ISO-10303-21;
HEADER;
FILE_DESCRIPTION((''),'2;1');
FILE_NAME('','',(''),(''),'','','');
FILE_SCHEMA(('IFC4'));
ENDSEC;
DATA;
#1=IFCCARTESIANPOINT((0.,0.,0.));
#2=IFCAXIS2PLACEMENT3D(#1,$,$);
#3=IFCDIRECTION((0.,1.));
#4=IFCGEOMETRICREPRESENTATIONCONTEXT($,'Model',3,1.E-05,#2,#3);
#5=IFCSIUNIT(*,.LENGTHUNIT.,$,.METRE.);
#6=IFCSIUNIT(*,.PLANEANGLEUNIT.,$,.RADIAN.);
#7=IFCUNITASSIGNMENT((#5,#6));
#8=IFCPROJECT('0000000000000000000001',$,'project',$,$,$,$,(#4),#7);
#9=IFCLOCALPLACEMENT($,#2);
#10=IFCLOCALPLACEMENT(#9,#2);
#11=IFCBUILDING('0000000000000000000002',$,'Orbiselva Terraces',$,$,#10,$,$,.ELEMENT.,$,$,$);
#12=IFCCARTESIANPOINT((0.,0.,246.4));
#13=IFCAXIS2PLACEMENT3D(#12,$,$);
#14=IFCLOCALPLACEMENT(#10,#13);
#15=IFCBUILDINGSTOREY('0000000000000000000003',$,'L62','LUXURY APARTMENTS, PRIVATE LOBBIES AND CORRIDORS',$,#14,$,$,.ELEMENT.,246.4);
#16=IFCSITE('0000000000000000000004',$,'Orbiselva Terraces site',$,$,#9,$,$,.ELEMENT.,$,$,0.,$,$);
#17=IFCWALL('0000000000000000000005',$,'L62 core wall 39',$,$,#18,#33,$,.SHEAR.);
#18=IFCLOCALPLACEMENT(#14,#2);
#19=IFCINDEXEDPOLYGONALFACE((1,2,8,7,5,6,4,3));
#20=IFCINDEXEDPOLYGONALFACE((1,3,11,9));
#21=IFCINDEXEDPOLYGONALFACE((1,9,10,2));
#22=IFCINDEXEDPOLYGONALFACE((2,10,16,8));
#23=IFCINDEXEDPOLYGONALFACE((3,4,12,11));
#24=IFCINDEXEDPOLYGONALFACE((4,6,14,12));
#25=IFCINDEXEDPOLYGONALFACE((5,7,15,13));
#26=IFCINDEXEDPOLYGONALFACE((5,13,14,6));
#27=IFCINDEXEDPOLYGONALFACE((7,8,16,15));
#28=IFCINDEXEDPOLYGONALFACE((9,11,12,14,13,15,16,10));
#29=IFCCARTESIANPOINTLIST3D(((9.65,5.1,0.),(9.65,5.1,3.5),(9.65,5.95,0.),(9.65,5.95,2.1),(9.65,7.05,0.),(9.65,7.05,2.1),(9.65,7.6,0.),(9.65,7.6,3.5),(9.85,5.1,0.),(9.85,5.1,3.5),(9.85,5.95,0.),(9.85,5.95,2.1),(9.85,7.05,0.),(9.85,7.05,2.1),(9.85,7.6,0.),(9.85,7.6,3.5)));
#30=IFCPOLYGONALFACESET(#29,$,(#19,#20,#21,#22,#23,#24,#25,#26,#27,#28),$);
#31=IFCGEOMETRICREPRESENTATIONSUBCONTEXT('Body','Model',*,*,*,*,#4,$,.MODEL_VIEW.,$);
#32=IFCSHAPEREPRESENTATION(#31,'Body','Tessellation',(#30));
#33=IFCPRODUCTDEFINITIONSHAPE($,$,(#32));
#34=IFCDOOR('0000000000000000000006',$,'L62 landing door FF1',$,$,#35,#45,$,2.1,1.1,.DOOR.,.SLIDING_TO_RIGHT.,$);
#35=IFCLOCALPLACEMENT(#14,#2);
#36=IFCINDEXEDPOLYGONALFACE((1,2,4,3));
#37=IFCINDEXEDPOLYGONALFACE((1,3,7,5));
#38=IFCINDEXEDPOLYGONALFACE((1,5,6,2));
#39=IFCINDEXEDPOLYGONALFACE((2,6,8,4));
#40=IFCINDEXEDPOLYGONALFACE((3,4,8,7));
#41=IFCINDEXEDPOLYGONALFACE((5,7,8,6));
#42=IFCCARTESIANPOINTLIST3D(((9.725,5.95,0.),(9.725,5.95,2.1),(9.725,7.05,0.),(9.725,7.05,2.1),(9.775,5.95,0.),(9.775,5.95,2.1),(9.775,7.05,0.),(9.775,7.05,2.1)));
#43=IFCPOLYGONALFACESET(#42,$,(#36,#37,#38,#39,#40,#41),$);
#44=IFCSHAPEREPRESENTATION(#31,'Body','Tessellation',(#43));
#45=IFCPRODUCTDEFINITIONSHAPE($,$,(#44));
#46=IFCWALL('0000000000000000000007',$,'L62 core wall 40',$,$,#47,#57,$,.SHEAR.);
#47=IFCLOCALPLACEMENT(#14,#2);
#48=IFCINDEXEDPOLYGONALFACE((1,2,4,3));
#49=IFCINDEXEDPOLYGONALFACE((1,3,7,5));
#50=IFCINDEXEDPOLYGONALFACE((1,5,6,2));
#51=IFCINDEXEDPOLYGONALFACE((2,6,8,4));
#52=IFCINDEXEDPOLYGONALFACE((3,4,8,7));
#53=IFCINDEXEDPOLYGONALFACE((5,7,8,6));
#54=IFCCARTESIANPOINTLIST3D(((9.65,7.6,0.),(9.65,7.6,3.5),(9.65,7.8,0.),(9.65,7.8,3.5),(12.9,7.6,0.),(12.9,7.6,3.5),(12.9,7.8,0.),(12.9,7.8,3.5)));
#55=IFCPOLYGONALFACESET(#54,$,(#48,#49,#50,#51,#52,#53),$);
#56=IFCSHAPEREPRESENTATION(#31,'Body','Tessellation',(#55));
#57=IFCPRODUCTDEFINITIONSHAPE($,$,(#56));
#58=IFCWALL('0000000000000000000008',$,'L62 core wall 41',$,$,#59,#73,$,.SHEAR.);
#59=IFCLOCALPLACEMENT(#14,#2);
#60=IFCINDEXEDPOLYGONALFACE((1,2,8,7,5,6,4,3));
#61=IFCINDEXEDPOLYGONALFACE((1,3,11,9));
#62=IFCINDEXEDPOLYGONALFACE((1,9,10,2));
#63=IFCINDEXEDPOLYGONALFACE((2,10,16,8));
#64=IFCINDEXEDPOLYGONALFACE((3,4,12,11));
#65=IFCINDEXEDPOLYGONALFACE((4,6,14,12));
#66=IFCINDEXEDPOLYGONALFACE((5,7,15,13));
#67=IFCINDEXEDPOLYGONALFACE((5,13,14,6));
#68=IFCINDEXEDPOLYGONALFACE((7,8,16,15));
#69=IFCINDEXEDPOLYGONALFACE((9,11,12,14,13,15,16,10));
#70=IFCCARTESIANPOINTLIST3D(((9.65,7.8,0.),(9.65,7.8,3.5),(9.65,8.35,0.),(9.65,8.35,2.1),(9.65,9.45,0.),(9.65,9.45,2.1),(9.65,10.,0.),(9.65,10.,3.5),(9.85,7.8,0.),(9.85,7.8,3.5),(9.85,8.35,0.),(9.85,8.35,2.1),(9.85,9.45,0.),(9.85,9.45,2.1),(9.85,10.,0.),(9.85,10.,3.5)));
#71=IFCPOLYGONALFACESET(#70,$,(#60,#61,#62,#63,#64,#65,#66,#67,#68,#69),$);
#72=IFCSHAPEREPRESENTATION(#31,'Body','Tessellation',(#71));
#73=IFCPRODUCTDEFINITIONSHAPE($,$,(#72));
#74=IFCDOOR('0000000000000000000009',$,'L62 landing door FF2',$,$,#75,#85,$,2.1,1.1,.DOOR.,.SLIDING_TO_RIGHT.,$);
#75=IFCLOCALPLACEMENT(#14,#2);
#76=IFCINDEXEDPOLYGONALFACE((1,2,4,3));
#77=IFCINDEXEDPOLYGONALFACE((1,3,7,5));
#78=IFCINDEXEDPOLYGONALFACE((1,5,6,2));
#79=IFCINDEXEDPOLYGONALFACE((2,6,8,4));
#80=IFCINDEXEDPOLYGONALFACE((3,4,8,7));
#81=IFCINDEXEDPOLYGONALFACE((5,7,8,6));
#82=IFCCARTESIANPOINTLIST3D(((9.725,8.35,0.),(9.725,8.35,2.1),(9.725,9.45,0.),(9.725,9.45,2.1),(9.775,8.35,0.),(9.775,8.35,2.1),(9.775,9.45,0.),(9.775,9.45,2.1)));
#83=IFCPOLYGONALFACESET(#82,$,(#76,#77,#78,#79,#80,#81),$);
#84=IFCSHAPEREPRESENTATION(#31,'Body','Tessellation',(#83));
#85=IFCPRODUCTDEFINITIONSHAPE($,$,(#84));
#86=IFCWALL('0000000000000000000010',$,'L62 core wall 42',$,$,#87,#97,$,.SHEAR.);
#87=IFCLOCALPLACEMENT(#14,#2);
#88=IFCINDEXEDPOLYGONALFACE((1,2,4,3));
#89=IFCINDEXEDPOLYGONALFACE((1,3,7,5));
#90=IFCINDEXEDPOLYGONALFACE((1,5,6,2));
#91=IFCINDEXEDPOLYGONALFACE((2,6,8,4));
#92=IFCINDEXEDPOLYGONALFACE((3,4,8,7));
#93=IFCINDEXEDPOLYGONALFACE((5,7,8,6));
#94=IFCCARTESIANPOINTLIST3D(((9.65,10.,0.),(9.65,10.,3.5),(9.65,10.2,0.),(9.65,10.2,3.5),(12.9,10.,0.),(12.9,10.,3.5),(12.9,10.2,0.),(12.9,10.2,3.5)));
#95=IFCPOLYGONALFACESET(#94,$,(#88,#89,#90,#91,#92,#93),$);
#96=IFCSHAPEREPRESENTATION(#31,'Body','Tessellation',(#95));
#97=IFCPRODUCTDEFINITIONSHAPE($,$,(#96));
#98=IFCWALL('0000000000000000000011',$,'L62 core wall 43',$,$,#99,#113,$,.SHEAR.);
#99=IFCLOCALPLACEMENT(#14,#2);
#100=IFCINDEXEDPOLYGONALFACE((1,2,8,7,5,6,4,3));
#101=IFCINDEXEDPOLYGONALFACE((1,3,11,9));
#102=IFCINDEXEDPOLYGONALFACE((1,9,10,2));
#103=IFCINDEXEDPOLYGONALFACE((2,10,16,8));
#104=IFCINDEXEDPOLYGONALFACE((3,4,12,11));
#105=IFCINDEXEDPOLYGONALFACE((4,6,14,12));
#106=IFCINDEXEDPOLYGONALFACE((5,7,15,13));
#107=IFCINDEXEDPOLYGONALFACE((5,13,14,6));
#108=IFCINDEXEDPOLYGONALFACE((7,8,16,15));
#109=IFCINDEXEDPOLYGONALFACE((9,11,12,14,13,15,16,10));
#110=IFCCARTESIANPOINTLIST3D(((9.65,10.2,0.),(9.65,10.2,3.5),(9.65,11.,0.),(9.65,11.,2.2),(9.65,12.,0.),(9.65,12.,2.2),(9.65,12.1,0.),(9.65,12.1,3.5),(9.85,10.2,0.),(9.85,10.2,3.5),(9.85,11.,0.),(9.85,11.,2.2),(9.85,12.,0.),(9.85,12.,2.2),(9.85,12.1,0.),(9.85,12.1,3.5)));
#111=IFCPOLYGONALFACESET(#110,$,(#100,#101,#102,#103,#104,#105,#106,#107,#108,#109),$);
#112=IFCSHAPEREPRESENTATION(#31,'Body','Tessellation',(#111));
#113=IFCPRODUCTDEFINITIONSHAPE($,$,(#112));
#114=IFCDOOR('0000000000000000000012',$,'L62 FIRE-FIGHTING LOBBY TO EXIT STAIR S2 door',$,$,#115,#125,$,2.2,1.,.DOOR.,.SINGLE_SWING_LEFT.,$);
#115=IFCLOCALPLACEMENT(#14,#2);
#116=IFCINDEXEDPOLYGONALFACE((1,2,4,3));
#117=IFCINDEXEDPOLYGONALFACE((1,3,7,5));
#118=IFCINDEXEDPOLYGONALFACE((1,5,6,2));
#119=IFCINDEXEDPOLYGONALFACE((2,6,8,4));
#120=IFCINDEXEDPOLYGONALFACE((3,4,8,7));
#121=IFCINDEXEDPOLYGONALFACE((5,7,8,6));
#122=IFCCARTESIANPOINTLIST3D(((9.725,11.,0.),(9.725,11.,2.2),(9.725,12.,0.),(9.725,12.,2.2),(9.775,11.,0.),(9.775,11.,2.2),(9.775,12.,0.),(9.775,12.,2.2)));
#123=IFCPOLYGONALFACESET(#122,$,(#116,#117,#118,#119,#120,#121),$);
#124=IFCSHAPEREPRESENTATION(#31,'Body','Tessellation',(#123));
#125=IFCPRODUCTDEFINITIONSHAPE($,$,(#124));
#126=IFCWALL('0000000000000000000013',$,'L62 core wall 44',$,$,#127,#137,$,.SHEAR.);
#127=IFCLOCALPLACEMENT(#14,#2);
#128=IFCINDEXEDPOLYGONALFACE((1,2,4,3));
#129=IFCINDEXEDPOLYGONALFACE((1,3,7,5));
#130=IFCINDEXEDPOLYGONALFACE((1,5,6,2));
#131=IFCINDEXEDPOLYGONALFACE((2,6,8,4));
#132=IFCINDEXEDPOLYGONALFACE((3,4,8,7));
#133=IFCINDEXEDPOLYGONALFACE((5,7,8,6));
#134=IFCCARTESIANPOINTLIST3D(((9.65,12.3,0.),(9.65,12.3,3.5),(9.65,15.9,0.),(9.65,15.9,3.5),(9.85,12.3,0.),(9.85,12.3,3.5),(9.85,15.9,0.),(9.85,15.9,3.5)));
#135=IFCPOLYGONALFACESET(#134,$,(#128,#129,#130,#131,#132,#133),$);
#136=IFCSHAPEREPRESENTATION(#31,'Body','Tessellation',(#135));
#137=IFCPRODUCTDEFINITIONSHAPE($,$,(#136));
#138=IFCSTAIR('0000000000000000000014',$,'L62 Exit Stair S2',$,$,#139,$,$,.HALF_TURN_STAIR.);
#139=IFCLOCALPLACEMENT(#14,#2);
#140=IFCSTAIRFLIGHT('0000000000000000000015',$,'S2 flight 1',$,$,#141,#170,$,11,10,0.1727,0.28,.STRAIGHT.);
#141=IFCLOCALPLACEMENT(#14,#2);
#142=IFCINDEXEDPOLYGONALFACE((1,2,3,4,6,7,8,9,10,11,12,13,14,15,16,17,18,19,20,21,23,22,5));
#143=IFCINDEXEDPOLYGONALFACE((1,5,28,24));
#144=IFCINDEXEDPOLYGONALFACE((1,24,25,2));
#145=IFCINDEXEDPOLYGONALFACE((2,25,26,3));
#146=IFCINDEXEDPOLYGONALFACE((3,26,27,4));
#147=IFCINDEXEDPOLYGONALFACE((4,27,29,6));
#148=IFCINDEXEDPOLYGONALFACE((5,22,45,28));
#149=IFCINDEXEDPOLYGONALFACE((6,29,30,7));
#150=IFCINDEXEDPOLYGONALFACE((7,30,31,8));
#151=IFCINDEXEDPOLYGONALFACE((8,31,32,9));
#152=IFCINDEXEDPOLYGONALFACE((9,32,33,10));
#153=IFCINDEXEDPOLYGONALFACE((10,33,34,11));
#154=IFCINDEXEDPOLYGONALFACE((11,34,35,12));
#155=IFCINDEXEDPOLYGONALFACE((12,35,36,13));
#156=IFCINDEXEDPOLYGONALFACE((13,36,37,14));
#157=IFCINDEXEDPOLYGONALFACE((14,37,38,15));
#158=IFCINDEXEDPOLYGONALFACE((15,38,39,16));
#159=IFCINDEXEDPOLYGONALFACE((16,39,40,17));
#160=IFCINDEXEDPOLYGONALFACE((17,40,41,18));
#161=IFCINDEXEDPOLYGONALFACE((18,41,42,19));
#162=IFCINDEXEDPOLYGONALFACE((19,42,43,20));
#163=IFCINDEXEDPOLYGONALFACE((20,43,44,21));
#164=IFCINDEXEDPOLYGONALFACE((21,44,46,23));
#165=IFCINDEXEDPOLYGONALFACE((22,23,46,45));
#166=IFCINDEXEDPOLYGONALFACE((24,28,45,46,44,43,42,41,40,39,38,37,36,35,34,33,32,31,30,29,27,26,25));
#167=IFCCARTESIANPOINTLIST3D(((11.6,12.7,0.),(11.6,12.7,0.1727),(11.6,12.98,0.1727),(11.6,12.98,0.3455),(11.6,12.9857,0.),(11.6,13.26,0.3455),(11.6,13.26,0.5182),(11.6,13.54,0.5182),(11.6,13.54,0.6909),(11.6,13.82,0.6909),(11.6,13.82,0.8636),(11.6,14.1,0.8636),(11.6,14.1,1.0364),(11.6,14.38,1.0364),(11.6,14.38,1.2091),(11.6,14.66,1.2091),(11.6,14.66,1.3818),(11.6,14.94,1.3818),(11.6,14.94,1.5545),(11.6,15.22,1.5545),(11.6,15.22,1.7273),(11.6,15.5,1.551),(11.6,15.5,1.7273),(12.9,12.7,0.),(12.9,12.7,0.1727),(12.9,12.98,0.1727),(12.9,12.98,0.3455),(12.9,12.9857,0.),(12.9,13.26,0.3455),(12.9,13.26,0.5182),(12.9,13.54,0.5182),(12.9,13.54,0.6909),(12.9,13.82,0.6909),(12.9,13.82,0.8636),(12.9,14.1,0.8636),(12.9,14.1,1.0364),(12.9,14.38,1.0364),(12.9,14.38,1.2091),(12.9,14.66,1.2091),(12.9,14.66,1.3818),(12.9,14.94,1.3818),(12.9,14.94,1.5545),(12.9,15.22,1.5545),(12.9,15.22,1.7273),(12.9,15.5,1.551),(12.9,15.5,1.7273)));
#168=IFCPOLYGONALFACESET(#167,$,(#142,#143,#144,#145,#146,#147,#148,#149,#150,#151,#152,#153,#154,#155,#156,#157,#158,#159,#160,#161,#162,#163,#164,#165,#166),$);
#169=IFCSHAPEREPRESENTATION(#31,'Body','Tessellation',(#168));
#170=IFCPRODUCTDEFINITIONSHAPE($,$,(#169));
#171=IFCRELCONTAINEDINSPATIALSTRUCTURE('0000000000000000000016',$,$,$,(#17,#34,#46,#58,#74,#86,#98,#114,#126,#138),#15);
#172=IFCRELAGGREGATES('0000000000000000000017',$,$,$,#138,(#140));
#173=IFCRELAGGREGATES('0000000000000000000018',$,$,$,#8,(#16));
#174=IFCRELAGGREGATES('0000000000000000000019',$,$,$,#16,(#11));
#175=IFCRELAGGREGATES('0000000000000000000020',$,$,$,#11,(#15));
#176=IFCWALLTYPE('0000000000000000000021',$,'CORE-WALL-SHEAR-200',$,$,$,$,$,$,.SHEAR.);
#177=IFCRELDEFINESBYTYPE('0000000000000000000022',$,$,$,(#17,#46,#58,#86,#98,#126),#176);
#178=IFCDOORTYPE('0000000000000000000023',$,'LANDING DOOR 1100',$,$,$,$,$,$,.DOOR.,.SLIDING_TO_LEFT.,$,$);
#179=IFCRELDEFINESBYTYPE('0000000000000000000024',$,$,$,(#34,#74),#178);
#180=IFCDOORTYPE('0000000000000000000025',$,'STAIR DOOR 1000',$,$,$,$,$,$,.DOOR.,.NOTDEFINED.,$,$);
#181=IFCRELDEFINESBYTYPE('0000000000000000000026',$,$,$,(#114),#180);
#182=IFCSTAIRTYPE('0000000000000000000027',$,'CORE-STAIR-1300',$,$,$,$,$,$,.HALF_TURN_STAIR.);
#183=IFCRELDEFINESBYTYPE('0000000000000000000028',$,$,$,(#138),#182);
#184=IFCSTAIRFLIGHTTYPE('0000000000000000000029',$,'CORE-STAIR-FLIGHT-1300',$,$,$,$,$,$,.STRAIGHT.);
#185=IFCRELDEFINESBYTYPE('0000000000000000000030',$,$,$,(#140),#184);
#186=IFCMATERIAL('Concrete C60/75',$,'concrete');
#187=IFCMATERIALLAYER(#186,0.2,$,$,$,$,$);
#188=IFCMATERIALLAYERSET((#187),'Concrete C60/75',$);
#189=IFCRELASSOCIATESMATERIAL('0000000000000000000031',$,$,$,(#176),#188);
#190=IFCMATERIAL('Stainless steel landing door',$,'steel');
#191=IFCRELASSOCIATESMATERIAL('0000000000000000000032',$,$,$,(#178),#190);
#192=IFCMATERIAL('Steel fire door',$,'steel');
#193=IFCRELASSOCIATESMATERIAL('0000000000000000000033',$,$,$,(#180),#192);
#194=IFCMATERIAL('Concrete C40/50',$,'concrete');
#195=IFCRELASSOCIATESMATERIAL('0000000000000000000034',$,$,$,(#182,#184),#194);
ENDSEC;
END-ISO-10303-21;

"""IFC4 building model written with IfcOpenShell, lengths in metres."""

from ifc_helpers import new_model, si_unit, direction, frame, frame_2d, origin, place, context, subcontext, project, spatial, polyline, rectangle, outline, extrude, material, layer, layer_set, type_object, element, fill, aggregate, save


model = new_model("IFC4")

# Units and contexts
model_context = context("Model", 3, precision=1e-05, world=origin(), true_north=direction((0.0, 1.0)))
body_context = subcontext(model_context, "Body", "Model", "MODEL_VIEW")
ifc_project = project(units=[si_unit("LENGTHUNIT", "METRE"), si_unit("PLANEANGLEUNIT", "RADIAN")], contexts=[model_context])

# Site, building, storey
site_placement = place(None, origin())
site = spatial("IfcSite", under=ifc_project, at=site_placement, Name="Orbiselva Terraces site", CompositionType="ELEMENT", RefElevation=0.0)
building_placement = place(site_placement, origin())
building = spatial("IfcBuilding", under=site, at=building_placement, Name="Orbiselva Terraces", CompositionType="ELEMENT")
storey_placement = place(building_placement, frame((0.0, 0.0, 246.4)))
storey = spatial("IfcBuildingStorey", under=building, at=storey_placement, Name="L62", Description="LUXURY APARTMENTS, PRIVATE LOBBIES AND CORRIDORS", CompositionType="ELEMENT", Elevation=246.4)

# Shared definitions
ifc_material_1 = material(Name="Steel fire door", Category="steel")

# Shared definitions
ifc_material_2 = material(Name="Concrete C60/75", Category="concrete")
ifc_layer_1 = layer(ifc_material_2, 0.2)
ifc_layer_set_1 = layer_set([ifc_layer_1], Name="Concrete C60/75")
wall_type_1 = type_object("IfcWallType", Name="CORE-WALL-SHEAR-200", PredefinedType="SHEAR", material=ifc_layer_set_1)

# Wall, opening, door
wall_1_placement = place(storey_placement, frame((9.75, 5.1, 0.0), z_axis=(0.0, 0.0, 1.0), x_axis=(0.0, 1.0, 0.0)))
wall_1 = element("IfcWall", 1, at=wall_1_placement, inside=storey, type_object=wall_type_1, Name="L62 core wall 39", PredefinedType="SHEAR", context=body_context, shape_type="SweptSolid", body=[
    extrude(rectangle(XDim=2.5, YDim=0.2, at=frame_2d((1.25, 0.0))), origin(), (0.0, 0.0, 1.0), 3.5),
])
opening_1_placement = place(wall_1_placement, frame((0.85, 0.0, 0.0)))
opening_1 = element("IfcOpeningElement", 2, at=opening_1_placement, cuts=wall_1, PredefinedType="OPENING", context=body_context, shape_type="SweptSolid", body=[
    extrude(rectangle(XDim=1.1, YDim=2.1, at=frame_2d((0.55, 1.05))), frame((0.0, 0.11, 0.0), z_axis=(0.0, -1.0, 0.0), x_axis=(1.0, 0.0, 0.0)), (0.0, 0.0, 1.0), 0.22),
])
ifc_material_3 = material(Name="Stainless steel landing door", Category="steel")
door_type_1 = type_object("IfcDoorType", Name="LANDING DOOR 1100", OperationType="SLIDING_TO_LEFT", PredefinedType="DOOR", material=ifc_material_3)
door_1_placement = place(opening_1_placement, origin())
door_1 = element("IfcDoor", 3, at=door_1_placement, inside=storey, type_object=door_type_1, Name="L62 landing door FF1", OperationType="SLIDING_TO_RIGHT", OverallHeight=2.1, OverallWidth=1.1, PredefinedType="DOOR", context=body_context, shape_type="SweptSolid", body=[
    extrude(rectangle(XDim=1.1, YDim=2.1, at=frame_2d((0.55, 1.05))), frame((0.0, 0.025, 0.0), z_axis=(0.0, -1.0, 0.0), x_axis=(1.0, 0.0, 0.0)), (0.0, 0.0, 1.0), 0.05),
])
fill(opening_1, door_1)

# Wall
wall_2_placement = place(storey_placement, frame((9.65, 7.7, 0.0), z_axis=(0.0, 0.0, 1.0), x_axis=(1.0, 0.0, 0.0)))
element("IfcWall", 4, at=wall_2_placement, inside=storey, type_object=wall_type_1, Name="L62 core wall 40", PredefinedType="SHEAR", context=body_context, shape_type="SweptSolid", body=[
    extrude(rectangle(XDim=3.25, YDim=0.2, at=frame_2d((1.625, 0.0))), origin(), (0.0, 0.0, 1.0), 3.5),
])

# Wall, opening, door
wall_3_placement = place(storey_placement, frame((9.75, 7.8, 0.0), z_axis=(0.0, 0.0, 1.0), x_axis=(0.0, 1.0, 0.0)))
wall_3 = element("IfcWall", 5, at=wall_3_placement, inside=storey, type_object=wall_type_1, Name="L62 core wall 41", PredefinedType="SHEAR", context=body_context, shape_type="SweptSolid", body=[
    extrude(rectangle(XDim=2.2, YDim=0.2, at=frame_2d((1.1, 0.0))), origin(), (0.0, 0.0, 1.0), 3.5),
])
opening_2_placement = place(wall_3_placement, frame((0.55, 0.0, 0.0)))
opening_2 = element("IfcOpeningElement", 6, at=opening_2_placement, cuts=wall_3, PredefinedType="OPENING", context=body_context, shape_type="SweptSolid", body=[
    extrude(rectangle(XDim=1.1, YDim=2.1, at=frame_2d((0.55, 1.05))), frame((0.0, 0.11, 0.0), z_axis=(0.0, -1.0, 0.0), x_axis=(1.0, 0.0, 0.0)), (0.0, 0.0, 1.0), 0.22),
])
door_2_placement = place(opening_2_placement, origin())
door_2 = element("IfcDoor", 7, at=door_2_placement, inside=storey, type_object=door_type_1, Name="L62 landing door FF2", OperationType="SLIDING_TO_RIGHT", OverallHeight=2.1, OverallWidth=1.1, PredefinedType="DOOR", context=body_context, shape_type="SweptSolid", body=[
    extrude(rectangle(XDim=1.1, YDim=2.1, at=frame_2d((0.55, 1.05))), frame((0.0, 0.025, 0.0), z_axis=(0.0, -1.0, 0.0), x_axis=(1.0, 0.0, 0.0)), (0.0, 0.0, 1.0), 0.05),
])
fill(opening_2, door_2)

# Wall
wall_4_placement = place(storey_placement, frame((9.65, 10.1, 0.0), z_axis=(0.0, 0.0, 1.0), x_axis=(1.0, 0.0, 0.0)))
element("IfcWall", 8, at=wall_4_placement, inside=storey, type_object=wall_type_1, Name="L62 core wall 42", PredefinedType="SHEAR", context=body_context, shape_type="SweptSolid", body=[
    extrude(rectangle(XDim=3.25, YDim=0.2, at=frame_2d((1.625, 0.0))), origin(), (0.0, 0.0, 1.0), 3.5),
])

# Wall, opening, door
wall_5_placement = place(storey_placement, frame((9.75, 12.1, 0.0), z_axis=(0.0, 0.0, 1.0), x_axis=(0.0, -1.0, 0.0)))
wall_5 = element("IfcWall", 9, at=wall_5_placement, inside=storey, type_object=wall_type_1, Name="L62 core wall 43", PredefinedType="SHEAR", context=body_context, shape_type="SweptSolid", body=[
    extrude(rectangle(XDim=1.9, YDim=0.2, at=frame_2d((0.95, 0.0))), origin(), (0.0, 0.0, 1.0), 3.5),
])
opening_3_placement = place(wall_5_placement, frame((0.1, 0.0, 0.0)))
opening_3 = element("IfcOpeningElement", 10, at=opening_3_placement, cuts=wall_5, PredefinedType="OPENING", context=body_context, shape_type="SweptSolid", body=[
    extrude(rectangle(XDim=1.0, YDim=2.2, at=frame_2d((0.5, 1.1))), frame((0.0, 0.11, 0.0), z_axis=(0.0, -1.0, 0.0), x_axis=(1.0, 0.0, 0.0)), (0.0, 0.0, 1.0), 0.22),
])
door_type_2 = type_object("IfcDoorType", Name="STAIR DOOR 1000", OperationType="NOTDEFINED", PredefinedType="DOOR", material=ifc_material_1)
door_3_placement = place(opening_3_placement, origin())
door_3 = element("IfcDoor", 11, at=door_3_placement, inside=storey, type_object=door_type_2, Name="L62 FIRE-FIGHTING LOBBY TO EXIT STAIR S2 door", OperationType="SINGLE_SWING_LEFT", OverallHeight=2.2, OverallWidth=1.0, PredefinedType="DOOR", context=body_context, shape_type="SweptSolid", body=[
    extrude(rectangle(XDim=1.0, YDim=2.2, at=frame_2d((0.5, 1.1))), frame((0.0, 0.025, 0.0), z_axis=(0.0, -1.0, 0.0), x_axis=(1.0, 0.0, 0.0)), (0.0, 0.0, 1.0), 0.05),
])
fill(opening_3, door_3)

# Wall
wall_6_placement = place(storey_placement, frame((9.75, 12.3, 0.0), z_axis=(0.0, 0.0, 1.0), x_axis=(0.0, 1.0, 0.0)))
element("IfcWall", 12, at=wall_6_placement, inside=storey, type_object=wall_type_1, Name="L62 core wall 44", PredefinedType="SHEAR", context=body_context, shape_type="SweptSolid", body=[
    extrude(rectangle(XDim=3.6, YDim=0.2, at=frame_2d((1.8, 0.0))), origin(), (0.0, 0.0, 1.0), 3.5),
])

# Stair, stair flight
ifc_material_4 = material(Name="Concrete C40/50", Category="concrete")
stair_type = type_object("IfcStairType", Name="CORE-STAIR-1300", PredefinedType="HALF_TURN_STAIR", material=ifc_material_4)
stair_placement = place(storey_placement, origin())
stair = element("IfcStair", 13, at=stair_placement, inside=storey, type_object=stair_type, Name="L62 Exit Stair S2", PredefinedType="HALF_TURN_STAIR")
stair_flight_type = type_object("IfcStairFlightType", Name="CORE-STAIR-FLIGHT-1300", PredefinedType="STRAIGHT", material=ifc_material_4)
stair_flight_placement = place(storey_placement, frame((12.25, 12.7, 0.0), z_axis=(0.0, 0.0, 1.0), x_axis=(0.0, 1.0, 0.0)))
stair_flight = element("IfcStairFlight", 14, at=stair_flight_placement, type_object=stair_flight_type, Name="S2 flight 1", NumberOfRisers=11, NumberOfTreads=10, PredefinedType="STRAIGHT", RiserHeight=0.1727, TreadLength=0.28, context=body_context, shape_type="SweptSolid", body=[
    extrude(outline(polyline([(0.0, 0.0), (0.0, 0.1727), (0.28, 0.1727), (0.28, 0.3455), (0.56, 0.3455), (0.56, 0.5182), (0.84, 0.5182), (0.84, 0.6909), (1.12, 0.6909), (1.12, 0.8636), (1.4, 0.8636), (1.4, 1.0364), (1.68, 1.0364), (1.68, 1.2091), (1.96, 1.2091), (1.96, 1.3818), (2.24, 1.3818), (2.24, 1.5545), (2.52, 1.5545), (2.52, 1.7273), (2.8, 1.7273), (2.8, 1.9), (2.8, 1.551), (0.2857, 0.0), (0.0, 0.0)])), frame((0.0, 0.65, 0.0), z_axis=(0.0, -1.0, 0.0), x_axis=(1.0, 0.0, 0.0)), (0.0, 0.0, 1.0), 1.3),
])
aggregate(stair, [stair_flight])

save(model, "model.ifc")
